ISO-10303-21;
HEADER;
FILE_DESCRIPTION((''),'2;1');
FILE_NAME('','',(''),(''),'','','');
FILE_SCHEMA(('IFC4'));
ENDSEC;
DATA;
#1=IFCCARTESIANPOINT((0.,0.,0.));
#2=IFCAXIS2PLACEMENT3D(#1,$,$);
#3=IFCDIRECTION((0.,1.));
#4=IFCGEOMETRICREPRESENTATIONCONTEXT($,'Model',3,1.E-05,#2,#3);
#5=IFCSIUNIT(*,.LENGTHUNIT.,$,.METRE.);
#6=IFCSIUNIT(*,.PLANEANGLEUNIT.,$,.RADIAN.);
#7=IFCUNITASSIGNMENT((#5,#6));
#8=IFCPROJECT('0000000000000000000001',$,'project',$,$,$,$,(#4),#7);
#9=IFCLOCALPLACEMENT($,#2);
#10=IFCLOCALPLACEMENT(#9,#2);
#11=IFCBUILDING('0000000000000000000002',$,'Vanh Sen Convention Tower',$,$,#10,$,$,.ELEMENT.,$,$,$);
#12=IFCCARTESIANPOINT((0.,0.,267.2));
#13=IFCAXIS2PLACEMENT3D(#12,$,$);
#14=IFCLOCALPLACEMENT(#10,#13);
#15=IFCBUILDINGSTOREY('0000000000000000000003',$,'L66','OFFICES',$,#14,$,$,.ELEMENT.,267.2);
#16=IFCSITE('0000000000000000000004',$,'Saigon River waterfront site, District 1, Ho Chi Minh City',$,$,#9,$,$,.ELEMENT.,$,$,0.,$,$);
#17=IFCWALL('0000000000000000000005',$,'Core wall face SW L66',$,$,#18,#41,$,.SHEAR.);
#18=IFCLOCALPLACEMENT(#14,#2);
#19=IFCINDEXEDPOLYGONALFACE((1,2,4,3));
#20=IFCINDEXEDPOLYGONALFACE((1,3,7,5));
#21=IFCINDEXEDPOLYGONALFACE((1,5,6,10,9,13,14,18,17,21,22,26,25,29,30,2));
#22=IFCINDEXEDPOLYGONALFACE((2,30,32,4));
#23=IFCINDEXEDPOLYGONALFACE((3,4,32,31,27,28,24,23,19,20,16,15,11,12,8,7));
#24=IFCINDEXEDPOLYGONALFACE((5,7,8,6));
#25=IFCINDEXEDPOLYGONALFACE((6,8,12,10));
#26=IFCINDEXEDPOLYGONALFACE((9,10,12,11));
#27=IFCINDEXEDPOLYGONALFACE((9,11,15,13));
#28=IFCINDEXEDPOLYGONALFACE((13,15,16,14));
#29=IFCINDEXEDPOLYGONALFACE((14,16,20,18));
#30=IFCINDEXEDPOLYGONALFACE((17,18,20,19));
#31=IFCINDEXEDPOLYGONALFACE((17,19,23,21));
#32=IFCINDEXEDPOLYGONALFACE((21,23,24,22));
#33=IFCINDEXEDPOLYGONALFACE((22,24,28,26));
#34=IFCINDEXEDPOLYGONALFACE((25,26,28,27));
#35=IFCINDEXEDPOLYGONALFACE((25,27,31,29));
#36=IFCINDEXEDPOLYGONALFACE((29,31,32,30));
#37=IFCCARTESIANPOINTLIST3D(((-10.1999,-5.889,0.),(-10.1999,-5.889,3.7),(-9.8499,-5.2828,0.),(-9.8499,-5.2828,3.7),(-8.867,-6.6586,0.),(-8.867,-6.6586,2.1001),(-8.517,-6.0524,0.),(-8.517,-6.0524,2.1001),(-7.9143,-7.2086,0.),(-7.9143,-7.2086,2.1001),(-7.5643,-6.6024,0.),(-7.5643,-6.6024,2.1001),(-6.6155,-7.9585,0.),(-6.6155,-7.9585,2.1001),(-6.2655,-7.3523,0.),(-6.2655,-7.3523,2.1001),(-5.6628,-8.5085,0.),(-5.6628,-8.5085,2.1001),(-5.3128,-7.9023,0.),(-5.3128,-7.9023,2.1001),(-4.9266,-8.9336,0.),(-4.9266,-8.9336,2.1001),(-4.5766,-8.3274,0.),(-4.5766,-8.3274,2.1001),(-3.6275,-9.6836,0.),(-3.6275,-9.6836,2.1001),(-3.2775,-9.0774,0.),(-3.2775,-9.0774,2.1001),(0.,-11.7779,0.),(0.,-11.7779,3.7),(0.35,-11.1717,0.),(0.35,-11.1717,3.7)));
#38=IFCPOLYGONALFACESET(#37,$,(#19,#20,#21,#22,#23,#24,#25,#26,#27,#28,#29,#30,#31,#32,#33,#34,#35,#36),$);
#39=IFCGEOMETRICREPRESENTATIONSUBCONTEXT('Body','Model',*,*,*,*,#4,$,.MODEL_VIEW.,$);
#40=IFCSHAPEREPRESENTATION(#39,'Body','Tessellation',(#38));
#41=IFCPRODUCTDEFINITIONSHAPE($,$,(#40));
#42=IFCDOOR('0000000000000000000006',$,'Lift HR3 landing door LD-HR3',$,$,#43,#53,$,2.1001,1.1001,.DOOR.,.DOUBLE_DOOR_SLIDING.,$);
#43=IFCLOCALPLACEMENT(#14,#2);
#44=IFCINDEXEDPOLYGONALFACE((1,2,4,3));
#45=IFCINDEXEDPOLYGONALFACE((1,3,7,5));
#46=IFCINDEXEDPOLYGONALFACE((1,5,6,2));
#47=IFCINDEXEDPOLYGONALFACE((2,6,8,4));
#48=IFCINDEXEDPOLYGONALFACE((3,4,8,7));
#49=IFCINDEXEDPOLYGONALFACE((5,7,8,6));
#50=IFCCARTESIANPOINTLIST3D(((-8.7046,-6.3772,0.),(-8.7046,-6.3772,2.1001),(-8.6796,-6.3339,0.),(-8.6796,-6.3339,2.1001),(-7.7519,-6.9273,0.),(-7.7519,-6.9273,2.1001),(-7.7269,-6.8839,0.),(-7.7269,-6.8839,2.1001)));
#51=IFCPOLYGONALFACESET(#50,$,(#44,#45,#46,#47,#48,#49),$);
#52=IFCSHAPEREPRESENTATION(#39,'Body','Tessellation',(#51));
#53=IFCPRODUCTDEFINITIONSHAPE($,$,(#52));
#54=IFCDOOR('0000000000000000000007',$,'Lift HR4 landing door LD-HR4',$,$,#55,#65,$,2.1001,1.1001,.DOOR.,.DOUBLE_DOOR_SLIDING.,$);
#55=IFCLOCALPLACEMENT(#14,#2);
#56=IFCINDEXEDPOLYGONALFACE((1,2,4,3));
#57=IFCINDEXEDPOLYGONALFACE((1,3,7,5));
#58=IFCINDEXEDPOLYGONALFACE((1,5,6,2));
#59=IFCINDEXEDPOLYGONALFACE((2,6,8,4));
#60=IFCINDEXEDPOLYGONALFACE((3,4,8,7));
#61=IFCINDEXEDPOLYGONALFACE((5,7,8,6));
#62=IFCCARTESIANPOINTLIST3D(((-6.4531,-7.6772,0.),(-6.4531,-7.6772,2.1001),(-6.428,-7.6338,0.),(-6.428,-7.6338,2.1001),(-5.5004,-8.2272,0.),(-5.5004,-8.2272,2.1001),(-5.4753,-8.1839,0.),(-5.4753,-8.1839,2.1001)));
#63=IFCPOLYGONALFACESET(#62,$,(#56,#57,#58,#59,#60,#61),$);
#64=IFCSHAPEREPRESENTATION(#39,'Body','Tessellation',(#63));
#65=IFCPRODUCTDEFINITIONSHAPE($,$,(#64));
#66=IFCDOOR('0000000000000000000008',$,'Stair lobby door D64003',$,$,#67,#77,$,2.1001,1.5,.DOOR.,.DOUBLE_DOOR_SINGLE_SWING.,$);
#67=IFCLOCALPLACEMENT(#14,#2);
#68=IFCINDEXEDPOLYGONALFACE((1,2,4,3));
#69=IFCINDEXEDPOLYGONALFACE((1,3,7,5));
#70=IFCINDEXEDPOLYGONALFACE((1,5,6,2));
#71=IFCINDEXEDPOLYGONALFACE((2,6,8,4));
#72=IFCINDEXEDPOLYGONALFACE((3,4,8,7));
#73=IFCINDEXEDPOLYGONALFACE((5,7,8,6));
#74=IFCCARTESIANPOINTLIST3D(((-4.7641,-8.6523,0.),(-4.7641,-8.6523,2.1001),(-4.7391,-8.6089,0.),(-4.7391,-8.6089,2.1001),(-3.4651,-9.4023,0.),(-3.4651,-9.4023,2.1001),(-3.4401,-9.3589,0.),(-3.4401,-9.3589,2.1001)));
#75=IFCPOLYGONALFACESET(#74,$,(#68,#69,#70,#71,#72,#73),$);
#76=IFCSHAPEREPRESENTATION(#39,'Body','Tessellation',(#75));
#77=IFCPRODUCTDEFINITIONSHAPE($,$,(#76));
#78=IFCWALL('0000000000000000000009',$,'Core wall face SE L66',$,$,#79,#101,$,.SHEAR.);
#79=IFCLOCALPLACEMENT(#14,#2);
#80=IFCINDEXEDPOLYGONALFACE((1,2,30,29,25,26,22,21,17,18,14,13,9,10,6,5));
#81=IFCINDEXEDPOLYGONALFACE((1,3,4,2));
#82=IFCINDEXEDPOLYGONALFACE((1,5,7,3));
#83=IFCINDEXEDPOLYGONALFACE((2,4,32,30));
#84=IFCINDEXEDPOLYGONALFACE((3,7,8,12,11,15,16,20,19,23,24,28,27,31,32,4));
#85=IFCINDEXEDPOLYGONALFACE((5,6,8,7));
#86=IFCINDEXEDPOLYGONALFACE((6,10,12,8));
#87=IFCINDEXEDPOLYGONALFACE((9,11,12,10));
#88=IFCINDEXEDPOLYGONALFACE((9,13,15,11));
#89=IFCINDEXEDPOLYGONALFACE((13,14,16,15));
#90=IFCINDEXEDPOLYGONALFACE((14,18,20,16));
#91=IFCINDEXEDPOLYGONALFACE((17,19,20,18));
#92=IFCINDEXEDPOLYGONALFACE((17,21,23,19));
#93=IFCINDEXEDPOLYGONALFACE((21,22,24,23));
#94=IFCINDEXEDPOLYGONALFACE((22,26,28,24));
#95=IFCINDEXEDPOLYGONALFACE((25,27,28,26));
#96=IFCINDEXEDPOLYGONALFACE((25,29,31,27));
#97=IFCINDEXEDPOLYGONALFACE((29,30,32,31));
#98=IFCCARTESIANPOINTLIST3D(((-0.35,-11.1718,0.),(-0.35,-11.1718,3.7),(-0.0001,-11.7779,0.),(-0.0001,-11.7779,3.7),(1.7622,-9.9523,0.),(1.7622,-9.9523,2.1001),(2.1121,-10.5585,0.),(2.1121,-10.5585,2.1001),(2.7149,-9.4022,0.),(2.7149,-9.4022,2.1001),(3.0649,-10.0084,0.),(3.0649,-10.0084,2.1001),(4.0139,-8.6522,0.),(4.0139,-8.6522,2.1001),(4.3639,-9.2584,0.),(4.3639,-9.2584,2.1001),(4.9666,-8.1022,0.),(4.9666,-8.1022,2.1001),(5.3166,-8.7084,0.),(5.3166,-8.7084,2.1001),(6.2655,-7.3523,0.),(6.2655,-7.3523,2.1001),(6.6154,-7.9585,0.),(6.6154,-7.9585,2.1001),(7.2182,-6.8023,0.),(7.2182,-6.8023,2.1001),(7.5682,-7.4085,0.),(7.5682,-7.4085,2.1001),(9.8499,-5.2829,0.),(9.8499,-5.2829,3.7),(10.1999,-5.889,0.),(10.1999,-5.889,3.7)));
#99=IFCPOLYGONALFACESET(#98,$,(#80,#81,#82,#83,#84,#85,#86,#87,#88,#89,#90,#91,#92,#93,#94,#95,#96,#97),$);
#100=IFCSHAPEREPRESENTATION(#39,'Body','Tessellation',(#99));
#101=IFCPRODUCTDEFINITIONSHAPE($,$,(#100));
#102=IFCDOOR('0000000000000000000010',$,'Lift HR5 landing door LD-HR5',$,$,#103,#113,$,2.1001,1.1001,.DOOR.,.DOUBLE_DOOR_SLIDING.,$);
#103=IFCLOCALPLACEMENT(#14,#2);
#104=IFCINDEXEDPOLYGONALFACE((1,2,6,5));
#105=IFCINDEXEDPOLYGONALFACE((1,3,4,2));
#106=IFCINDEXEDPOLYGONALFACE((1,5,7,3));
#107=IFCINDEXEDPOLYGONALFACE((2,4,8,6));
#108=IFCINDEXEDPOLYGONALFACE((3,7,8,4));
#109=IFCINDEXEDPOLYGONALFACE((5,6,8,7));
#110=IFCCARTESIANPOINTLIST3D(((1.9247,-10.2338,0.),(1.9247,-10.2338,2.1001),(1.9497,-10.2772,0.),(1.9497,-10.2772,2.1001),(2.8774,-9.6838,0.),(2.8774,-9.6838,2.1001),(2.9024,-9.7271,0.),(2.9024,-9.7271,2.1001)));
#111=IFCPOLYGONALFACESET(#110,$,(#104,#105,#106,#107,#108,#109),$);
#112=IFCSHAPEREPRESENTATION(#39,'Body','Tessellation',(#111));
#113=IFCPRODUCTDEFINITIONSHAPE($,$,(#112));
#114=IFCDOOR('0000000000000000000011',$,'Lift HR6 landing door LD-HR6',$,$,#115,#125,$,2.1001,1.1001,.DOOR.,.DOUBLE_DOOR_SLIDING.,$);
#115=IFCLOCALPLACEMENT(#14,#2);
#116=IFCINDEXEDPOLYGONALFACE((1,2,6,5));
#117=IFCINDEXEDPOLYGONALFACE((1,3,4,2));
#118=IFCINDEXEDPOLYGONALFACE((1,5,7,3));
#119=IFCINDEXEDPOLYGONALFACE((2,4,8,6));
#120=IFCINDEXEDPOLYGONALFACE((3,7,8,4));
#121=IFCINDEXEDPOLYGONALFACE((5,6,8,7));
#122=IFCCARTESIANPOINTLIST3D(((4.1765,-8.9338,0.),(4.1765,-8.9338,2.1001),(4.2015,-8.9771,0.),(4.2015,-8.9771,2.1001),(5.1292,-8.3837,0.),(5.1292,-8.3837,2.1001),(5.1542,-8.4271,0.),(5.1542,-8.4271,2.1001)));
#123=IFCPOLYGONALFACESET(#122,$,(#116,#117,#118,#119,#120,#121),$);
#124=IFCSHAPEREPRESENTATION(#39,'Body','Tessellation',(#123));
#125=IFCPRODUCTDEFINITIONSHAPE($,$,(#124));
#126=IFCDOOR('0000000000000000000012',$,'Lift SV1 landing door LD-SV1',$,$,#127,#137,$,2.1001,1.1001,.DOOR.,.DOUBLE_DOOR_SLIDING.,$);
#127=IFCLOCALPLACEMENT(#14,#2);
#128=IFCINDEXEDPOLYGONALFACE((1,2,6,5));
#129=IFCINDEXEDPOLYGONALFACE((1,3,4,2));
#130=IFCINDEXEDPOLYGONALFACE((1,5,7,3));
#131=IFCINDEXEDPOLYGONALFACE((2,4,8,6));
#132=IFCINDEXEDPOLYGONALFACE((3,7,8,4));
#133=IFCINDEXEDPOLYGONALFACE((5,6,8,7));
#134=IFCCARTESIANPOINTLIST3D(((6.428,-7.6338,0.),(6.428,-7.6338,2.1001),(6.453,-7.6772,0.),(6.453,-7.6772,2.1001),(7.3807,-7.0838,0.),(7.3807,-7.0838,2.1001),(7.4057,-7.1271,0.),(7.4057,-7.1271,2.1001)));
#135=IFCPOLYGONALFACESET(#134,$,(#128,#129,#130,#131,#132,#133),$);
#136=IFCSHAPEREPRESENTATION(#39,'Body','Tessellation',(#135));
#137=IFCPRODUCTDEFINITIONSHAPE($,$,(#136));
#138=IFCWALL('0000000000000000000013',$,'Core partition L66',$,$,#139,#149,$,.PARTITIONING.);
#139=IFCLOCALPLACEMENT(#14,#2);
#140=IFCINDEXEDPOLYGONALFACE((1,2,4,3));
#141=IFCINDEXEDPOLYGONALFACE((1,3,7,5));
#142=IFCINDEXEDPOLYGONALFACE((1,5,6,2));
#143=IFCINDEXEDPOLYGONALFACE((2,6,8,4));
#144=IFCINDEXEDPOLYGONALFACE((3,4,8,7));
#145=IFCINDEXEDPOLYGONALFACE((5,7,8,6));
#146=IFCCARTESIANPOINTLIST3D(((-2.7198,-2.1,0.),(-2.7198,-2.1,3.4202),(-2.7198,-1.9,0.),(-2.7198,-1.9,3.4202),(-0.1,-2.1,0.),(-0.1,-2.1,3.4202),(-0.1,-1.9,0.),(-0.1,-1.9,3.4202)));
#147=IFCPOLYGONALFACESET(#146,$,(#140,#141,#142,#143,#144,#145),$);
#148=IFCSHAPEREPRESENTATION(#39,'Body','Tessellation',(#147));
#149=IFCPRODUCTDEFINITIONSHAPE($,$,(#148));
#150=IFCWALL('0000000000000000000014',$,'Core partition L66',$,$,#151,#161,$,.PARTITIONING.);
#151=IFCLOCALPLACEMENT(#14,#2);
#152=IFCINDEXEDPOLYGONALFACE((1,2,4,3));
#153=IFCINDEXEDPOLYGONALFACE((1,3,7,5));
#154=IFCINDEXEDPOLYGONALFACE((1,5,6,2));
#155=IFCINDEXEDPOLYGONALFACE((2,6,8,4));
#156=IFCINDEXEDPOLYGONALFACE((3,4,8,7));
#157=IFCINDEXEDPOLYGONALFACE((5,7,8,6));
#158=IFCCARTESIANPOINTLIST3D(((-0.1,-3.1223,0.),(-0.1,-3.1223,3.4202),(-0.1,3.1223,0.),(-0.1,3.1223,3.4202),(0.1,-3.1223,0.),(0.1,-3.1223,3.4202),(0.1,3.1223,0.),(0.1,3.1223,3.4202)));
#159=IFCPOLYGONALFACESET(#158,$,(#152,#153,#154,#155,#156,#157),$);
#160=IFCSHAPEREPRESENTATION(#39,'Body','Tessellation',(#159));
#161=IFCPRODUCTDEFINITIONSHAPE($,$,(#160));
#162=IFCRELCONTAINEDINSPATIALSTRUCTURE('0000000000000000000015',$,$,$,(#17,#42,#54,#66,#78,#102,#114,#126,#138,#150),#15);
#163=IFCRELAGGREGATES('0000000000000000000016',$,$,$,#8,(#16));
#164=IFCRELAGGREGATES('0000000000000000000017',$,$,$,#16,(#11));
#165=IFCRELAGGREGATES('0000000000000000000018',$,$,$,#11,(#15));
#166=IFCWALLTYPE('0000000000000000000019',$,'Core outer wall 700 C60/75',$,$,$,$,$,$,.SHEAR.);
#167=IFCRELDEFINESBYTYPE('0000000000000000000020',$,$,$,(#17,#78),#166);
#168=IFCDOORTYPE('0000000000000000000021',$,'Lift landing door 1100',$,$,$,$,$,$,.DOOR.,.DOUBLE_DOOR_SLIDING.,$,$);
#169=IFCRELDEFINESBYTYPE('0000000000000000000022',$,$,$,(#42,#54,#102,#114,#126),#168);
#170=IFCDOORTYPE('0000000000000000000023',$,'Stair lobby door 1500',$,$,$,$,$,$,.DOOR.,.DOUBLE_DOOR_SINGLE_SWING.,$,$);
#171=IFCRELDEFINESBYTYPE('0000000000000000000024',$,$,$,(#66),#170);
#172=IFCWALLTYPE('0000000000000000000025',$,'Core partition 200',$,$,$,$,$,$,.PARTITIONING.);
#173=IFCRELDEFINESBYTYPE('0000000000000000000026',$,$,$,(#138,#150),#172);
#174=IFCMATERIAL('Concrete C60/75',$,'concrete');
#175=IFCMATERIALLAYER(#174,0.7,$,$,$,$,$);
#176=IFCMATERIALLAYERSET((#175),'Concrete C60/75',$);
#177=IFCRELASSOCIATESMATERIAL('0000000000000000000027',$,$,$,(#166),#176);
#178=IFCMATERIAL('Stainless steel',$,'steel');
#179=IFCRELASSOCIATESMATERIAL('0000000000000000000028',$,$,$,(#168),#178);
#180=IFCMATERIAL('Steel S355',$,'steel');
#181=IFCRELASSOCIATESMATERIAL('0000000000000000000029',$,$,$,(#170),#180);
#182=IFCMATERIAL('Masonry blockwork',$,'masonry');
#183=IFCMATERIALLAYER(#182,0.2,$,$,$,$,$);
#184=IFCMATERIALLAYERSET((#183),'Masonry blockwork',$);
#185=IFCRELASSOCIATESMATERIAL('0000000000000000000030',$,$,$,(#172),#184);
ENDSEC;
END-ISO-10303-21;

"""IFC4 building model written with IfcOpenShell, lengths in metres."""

from ifc_helpers import new_model, si_unit, direction, frame, frame_2d, origin, place, context, subcontext, project, spatial, rectangle, extrude, material, layer, layer_set, type_object, element, fill, save


model = new_model("IFC4")

# Units and contexts
model_context = context("Model", 3, precision=1e-05, world=origin(), true_north=direction((0.0, 1.0)))
body_context = subcontext(model_context, "Body", "Model", "MODEL_VIEW")
ifc_project = project(units=[si_unit("LENGTHUNIT", "METRE"), si_unit("PLANEANGLEUNIT", "RADIAN")], contexts=[model_context])

# Site, building, storey
site_placement = place(None, origin())
site = spatial("IfcSite", under=ifc_project, at=site_placement, Name="Saigon River waterfront site, District 1, Ho Chi Minh City", CompositionType="ELEMENT", RefElevation=0.0)
building_placement = place(site_placement, origin())
building = spatial("IfcBuilding", under=site, at=building_placement, Name="Vanh Sen Convention Tower", CompositionType="ELEMENT")
storey_placement = place(building_placement, frame((0.0, 0.0, 267.2)))
storey = spatial("IfcBuildingStorey", under=building, at=storey_placement, Name="L66", Description="OFFICES", CompositionType="ELEMENT", Elevation=267.2)

# Walls, openings, doors
ifc_material_1 = material(Name="Concrete C60/75", Category="concrete")
ifc_layer_1 = layer(ifc_material_1, 0.7)
ifc_layer_set_1 = layer_set([ifc_layer_1], Name="Concrete C60/75")
wall_type_1 = type_object("IfcWallType", Name="Core outer wall 700 C60/75", PredefinedType="SHEAR", material=ifc_layer_set_1)
wall_1_placement = place(storey_placement, frame((-10.0249, -5.5859, 0.0), z_axis=(0.0, 0.0, 1.0), x_axis=(0.866026, -0.499998, 0.0)))
wall_1 = element("IfcWall", 1, at=wall_1_placement, inside=storey, type_object=wall_type_1, Name="Core wall face SW L66", PredefinedType="SHEAR", context=body_context, shape_type="SweptSolid", body=[
    extrude(rectangle(XDim=11.7778, YDim=0.7, at=frame_2d((5.8889, 0.0))), origin(), (0.0, 0.0, 1.0), 3.7),
])
opening_1_placement = place(wall_1_placement, frame((6.0891, 0.0, 0.0)))
opening_1 = element("IfcOpeningElement", 2, at=opening_1_placement, cuts=wall_1, PredefinedType="OPENING", context=body_context, shape_type="SweptSolid", body=[
    extrude(rectangle(XDim=1.5, YDim=2.1001, at=frame_2d((0.75, 1.05))), frame((0.0, 0.3599, 0.0), z_axis=(0.0, -1.0, 0.0), x_axis=(1.0, 0.0, 0.0)), (0.0, 0.0, 1.0), 0.72),
])
opening_2_placement = place(wall_1_placement, frame((1.5391, 0.0, 0.0)))
opening_2 = element("IfcOpeningElement", 3, at=opening_2_placement, cuts=wall_1, PredefinedType="OPENING", context=body_context, shape_type="SweptSolid", body=[
    extrude(rectangle(XDim=1.1001, YDim=2.1001, at=frame_2d((0.55, 1.05))), frame((0.0, 0.3599, 0.0), z_axis=(0.0, -1.0, 0.0), x_axis=(1.0, 0.0, 0.0)), (0.0, 0.0, 1.0), 0.72),
])
opening_3_placement = place(wall_1_placement, frame((4.1389, 0.0, 0.0)))
opening_3 = element("IfcOpeningElement", 4, at=opening_3_placement, cuts=wall_1, PredefinedType="OPENING", context=body_context, shape_type="SweptSolid", body=[
    extrude(rectangle(XDim=1.1001, YDim=2.1001, at=frame_2d((0.55, 1.05))), frame((0.0, 0.3599, 0.0), z_axis=(0.0, -1.0, 0.0), x_axis=(1.0, 0.0, 0.0)), (0.0, 0.0, 1.0), 0.72),
])
ifc_material_2 = material(Name="Stainless steel", Category="steel")
door_type_1 = type_object("IfcDoorType", Name="Lift landing door 1100", OperationType="DOUBLE_DOOR_SLIDING", PredefinedType="DOOR", material=ifc_material_2)
door_1_placement = place(opening_2_placement, origin())
door_1 = element("IfcDoor", 5, at=door_1_placement, inside=storey, type_object=door_type_1, Name="Lift HR3 landing door LD-HR3", OperationType="DOUBLE_DOOR_SLIDING", OverallHeight=2.1001, OverallWidth=1.1001, PredefinedType="DOOR", context=body_context, shape_type="SweptSolid", body=[
    extrude(rectangle(XDim=1.1001, YDim=2.1001, at=frame_2d((0.55, 1.05))), frame((0.0, 0.0249, 0.0), z_axis=(0.0, -1.0, 0.0), x_axis=(1.0, 0.0, 0.0)), (0.0, 0.0, 1.0), 0.05),
])
fill(opening_2, door_1)
door_2_placement = place(opening_3_placement, origin())
door_2 = element("IfcDoor", 6, at=door_2_placement, inside=storey, type_object=door_type_1, Name="Lift HR4 landing door LD-HR4", OperationType="DOUBLE_DOOR_SLIDING", OverallHeight=2.1001, OverallWidth=1.1001, PredefinedType="DOOR", context=body_context, shape_type="SweptSolid", body=[
    extrude(rectangle(XDim=1.1001, YDim=2.1001, at=frame_2d((0.55, 1.05))), frame((0.0, 0.0249, 0.0), z_axis=(0.0, -1.0, 0.0), x_axis=(1.0, 0.0, 0.0)), (0.0, 0.0, 1.0), 0.05),
])
fill(opening_3, door_2)
ifc_material_3 = material(Name="Steel S355", Category="steel")
door_type_2 = type_object("IfcDoorType", Name="Stair lobby door 1500", OperationType="DOUBLE_DOOR_SINGLE_SWING", PredefinedType="DOOR", material=ifc_material_3)
door_3_placement = place(opening_1_placement, origin())
door_3 = element("IfcDoor", 7, at=door_3_placement, inside=storey, type_object=door_type_2, Name="Stair lobby door D64003", OperationType="DOUBLE_DOOR_SINGLE_SWING", OverallHeight=2.1001, OverallWidth=1.5, PredefinedType="DOOR", context=body_context, shape_type="SweptSolid", body=[
    extrude(rectangle(XDim=1.5, YDim=2.1001, at=frame_2d((0.75, 1.05))), frame((0.0, 0.0249, 0.0), z_axis=(0.0, -1.0, 0.0), x_axis=(1.0, 0.0, 0.0)), (0.0, 0.0, 1.0), 0.05),
])
fill(opening_1, door_3)
wall_2_placement = place(storey_placement, frame((-0.175, -11.4749, 0.0), z_axis=(0.0, 0.0, 1.0), x_axis=(0.866026, 0.499998, 0.0)))
wall_2 = element("IfcWall", 8, at=wall_2_placement, inside=storey, type_object=wall_type_1, Name="Core wall face SE L66", PredefinedType="SHEAR", context=body_context, shape_type="SweptSolid", body=[
    extrude(rectangle(XDim=11.7778, YDim=0.7, at=frame_2d((5.8889, 0.0))), origin(), (0.0, 0.0, 1.0), 3.7),
])
opening_4_placement = place(wall_2_placement, frame((2.439, 0.0, 0.0)))
opening_4 = element("IfcOpeningElement", 9, at=opening_4_placement, cuts=wall_2, PredefinedType="OPENING", context=body_context, shape_type="SweptSolid", body=[
    extrude(rectangle(XDim=1.1001, YDim=2.1001, at=frame_2d((0.55, 1.05))), frame((0.0, 0.3599, 0.0), z_axis=(0.0, -1.0, 0.0), x_axis=(1.0, 0.0, 0.0)), (0.0, 0.0, 1.0), 0.72),
])
opening_5_placement = place(wall_2_placement, frame((5.0391, 0.0, 0.0)))
opening_5 = element("IfcOpeningElement", 10, at=opening_5_placement, cuts=wall_2, PredefinedType="OPENING", context=body_context, shape_type="SweptSolid", body=[
    extrude(rectangle(XDim=1.1001, YDim=2.1001, at=frame_2d((0.55, 1.05))), frame((0.0, 0.3599, 0.0), z_axis=(0.0, -1.0, 0.0), x_axis=(1.0, 0.0, 0.0)), (0.0, 0.0, 1.0), 0.72),
])
opening_6_placement = place(wall_2_placement, frame((7.6389, 0.0, 0.0)))
opening_6 = element("IfcOpeningElement", 11, at=opening_6_placement, cuts=wall_2, PredefinedType="OPENING", context=body_context, shape_type="SweptSolid", body=[
    extrude(rectangle(XDim=1.1001, YDim=2.1001, at=frame_2d((0.55, 1.05))), frame((0.0, 0.3599, 0.0), z_axis=(0.0, -1.0, 0.0), x_axis=(1.0, 0.0, 0.0)), (0.0, 0.0, 1.0), 0.72),
])
door_4_placement = place(opening_4_placement, origin())
door_4 = element("IfcDoor", 12, at=door_4_placement, inside=storey, type_object=door_type_1, Name="Lift HR5 landing door LD-HR5", OperationType="DOUBLE_DOOR_SLIDING", OverallHeight=2.1001, OverallWidth=1.1001, PredefinedType="DOOR", context=body_context, shape_type="SweptSolid", body=[
    extrude(rectangle(XDim=1.1001, YDim=2.1001, at=frame_2d((0.55, 1.05))), frame((0.0, 0.0249, 0.0), z_axis=(0.0, -1.0, 0.0), x_axis=(1.0, 0.0, 0.0)), (0.0, 0.0, 1.0), 0.05),
])
fill(opening_4, door_4)
door_5_placement = place(opening_5_placement, origin())
door_5 = element("IfcDoor", 13, at=door_5_placement, inside=storey, type_object=door_type_1, Name="Lift HR6 landing door LD-HR6", OperationType="DOUBLE_DOOR_SLIDING", OverallHeight=2.1001, OverallWidth=1.1001, PredefinedType="DOOR", context=body_context, shape_type="SweptSolid", body=[
    extrude(rectangle(XDim=1.1001, YDim=2.1001, at=frame_2d((0.55, 1.05))), frame((0.0, 0.0249, 0.0), z_axis=(0.0, -1.0, 0.0), x_axis=(1.0, 0.0, 0.0)), (0.0, 0.0, 1.0), 0.05),
])
fill(opening_5, door_5)
door_6_placement = place(opening_6_placement, origin())
door_6 = element("IfcDoor", 14, at=door_6_placement, inside=storey, type_object=door_type_1, Name="Lift SV1 landing door LD-SV1", OperationType="DOUBLE_DOOR_SLIDING", OverallHeight=2.1001, OverallWidth=1.1001, PredefinedType="DOOR", context=body_context, shape_type="SweptSolid", body=[
    extrude(rectangle(XDim=1.1001, YDim=2.1001, at=frame_2d((0.55, 1.05))), frame((0.0, 0.0249, 0.0), z_axis=(0.0, -1.0, 0.0), x_axis=(1.0, 0.0, 0.0)), (0.0, 0.0, 1.0), 0.05),
])
fill(opening_6, door_6)

# Walls
ifc_material_4 = material(Name="Masonry blockwork", Category="masonry")
ifc_layer_2 = layer(ifc_material_4, 0.2)
ifc_layer_set_2 = layer_set([ifc_layer_2], Name="Masonry blockwork")
wall_type_2 = type_object("IfcWallType", Name="Core partition 200", PredefinedType="PARTITIONING", material=ifc_layer_set_2)
wall_3_placement = place(storey_placement, frame((-2.72, -2.0, 0.0), z_axis=(0.0, 0.0, 1.0), x_axis=(1.0, 0.0, 0.0)))
element("IfcWall", 15, at=wall_3_placement, inside=storey, type_object=wall_type_2, Name="Core partition L66", PredefinedType="PARTITIONING", context=body_context, shape_type="SweptSolid", body=[
    extrude(rectangle(XDim=2.6199, YDim=0.2, at=frame_2d((1.3101, 0.0))), origin(), (0.0, 0.0, 1.0), 3.4202),
])
wall_4_placement = place(storey_placement, frame((0.0, -3.1223, 0.0), z_axis=(0.0, 0.0, 1.0), x_axis=(0.0, 1.0, 0.0)))
element("IfcWall", 16, at=wall_4_placement, inside=storey, type_object=wall_type_2, Name="Core partition L66", PredefinedType="PARTITIONING", context=body_context, shape_type="SweptSolid", body=[
    extrude(rectangle(XDim=6.2446, YDim=0.2, at=frame_2d((3.1223, 0.0))), origin(), (0.0, 0.0, 1.0), 3.4202),
])

save(model, "model.ifc")
